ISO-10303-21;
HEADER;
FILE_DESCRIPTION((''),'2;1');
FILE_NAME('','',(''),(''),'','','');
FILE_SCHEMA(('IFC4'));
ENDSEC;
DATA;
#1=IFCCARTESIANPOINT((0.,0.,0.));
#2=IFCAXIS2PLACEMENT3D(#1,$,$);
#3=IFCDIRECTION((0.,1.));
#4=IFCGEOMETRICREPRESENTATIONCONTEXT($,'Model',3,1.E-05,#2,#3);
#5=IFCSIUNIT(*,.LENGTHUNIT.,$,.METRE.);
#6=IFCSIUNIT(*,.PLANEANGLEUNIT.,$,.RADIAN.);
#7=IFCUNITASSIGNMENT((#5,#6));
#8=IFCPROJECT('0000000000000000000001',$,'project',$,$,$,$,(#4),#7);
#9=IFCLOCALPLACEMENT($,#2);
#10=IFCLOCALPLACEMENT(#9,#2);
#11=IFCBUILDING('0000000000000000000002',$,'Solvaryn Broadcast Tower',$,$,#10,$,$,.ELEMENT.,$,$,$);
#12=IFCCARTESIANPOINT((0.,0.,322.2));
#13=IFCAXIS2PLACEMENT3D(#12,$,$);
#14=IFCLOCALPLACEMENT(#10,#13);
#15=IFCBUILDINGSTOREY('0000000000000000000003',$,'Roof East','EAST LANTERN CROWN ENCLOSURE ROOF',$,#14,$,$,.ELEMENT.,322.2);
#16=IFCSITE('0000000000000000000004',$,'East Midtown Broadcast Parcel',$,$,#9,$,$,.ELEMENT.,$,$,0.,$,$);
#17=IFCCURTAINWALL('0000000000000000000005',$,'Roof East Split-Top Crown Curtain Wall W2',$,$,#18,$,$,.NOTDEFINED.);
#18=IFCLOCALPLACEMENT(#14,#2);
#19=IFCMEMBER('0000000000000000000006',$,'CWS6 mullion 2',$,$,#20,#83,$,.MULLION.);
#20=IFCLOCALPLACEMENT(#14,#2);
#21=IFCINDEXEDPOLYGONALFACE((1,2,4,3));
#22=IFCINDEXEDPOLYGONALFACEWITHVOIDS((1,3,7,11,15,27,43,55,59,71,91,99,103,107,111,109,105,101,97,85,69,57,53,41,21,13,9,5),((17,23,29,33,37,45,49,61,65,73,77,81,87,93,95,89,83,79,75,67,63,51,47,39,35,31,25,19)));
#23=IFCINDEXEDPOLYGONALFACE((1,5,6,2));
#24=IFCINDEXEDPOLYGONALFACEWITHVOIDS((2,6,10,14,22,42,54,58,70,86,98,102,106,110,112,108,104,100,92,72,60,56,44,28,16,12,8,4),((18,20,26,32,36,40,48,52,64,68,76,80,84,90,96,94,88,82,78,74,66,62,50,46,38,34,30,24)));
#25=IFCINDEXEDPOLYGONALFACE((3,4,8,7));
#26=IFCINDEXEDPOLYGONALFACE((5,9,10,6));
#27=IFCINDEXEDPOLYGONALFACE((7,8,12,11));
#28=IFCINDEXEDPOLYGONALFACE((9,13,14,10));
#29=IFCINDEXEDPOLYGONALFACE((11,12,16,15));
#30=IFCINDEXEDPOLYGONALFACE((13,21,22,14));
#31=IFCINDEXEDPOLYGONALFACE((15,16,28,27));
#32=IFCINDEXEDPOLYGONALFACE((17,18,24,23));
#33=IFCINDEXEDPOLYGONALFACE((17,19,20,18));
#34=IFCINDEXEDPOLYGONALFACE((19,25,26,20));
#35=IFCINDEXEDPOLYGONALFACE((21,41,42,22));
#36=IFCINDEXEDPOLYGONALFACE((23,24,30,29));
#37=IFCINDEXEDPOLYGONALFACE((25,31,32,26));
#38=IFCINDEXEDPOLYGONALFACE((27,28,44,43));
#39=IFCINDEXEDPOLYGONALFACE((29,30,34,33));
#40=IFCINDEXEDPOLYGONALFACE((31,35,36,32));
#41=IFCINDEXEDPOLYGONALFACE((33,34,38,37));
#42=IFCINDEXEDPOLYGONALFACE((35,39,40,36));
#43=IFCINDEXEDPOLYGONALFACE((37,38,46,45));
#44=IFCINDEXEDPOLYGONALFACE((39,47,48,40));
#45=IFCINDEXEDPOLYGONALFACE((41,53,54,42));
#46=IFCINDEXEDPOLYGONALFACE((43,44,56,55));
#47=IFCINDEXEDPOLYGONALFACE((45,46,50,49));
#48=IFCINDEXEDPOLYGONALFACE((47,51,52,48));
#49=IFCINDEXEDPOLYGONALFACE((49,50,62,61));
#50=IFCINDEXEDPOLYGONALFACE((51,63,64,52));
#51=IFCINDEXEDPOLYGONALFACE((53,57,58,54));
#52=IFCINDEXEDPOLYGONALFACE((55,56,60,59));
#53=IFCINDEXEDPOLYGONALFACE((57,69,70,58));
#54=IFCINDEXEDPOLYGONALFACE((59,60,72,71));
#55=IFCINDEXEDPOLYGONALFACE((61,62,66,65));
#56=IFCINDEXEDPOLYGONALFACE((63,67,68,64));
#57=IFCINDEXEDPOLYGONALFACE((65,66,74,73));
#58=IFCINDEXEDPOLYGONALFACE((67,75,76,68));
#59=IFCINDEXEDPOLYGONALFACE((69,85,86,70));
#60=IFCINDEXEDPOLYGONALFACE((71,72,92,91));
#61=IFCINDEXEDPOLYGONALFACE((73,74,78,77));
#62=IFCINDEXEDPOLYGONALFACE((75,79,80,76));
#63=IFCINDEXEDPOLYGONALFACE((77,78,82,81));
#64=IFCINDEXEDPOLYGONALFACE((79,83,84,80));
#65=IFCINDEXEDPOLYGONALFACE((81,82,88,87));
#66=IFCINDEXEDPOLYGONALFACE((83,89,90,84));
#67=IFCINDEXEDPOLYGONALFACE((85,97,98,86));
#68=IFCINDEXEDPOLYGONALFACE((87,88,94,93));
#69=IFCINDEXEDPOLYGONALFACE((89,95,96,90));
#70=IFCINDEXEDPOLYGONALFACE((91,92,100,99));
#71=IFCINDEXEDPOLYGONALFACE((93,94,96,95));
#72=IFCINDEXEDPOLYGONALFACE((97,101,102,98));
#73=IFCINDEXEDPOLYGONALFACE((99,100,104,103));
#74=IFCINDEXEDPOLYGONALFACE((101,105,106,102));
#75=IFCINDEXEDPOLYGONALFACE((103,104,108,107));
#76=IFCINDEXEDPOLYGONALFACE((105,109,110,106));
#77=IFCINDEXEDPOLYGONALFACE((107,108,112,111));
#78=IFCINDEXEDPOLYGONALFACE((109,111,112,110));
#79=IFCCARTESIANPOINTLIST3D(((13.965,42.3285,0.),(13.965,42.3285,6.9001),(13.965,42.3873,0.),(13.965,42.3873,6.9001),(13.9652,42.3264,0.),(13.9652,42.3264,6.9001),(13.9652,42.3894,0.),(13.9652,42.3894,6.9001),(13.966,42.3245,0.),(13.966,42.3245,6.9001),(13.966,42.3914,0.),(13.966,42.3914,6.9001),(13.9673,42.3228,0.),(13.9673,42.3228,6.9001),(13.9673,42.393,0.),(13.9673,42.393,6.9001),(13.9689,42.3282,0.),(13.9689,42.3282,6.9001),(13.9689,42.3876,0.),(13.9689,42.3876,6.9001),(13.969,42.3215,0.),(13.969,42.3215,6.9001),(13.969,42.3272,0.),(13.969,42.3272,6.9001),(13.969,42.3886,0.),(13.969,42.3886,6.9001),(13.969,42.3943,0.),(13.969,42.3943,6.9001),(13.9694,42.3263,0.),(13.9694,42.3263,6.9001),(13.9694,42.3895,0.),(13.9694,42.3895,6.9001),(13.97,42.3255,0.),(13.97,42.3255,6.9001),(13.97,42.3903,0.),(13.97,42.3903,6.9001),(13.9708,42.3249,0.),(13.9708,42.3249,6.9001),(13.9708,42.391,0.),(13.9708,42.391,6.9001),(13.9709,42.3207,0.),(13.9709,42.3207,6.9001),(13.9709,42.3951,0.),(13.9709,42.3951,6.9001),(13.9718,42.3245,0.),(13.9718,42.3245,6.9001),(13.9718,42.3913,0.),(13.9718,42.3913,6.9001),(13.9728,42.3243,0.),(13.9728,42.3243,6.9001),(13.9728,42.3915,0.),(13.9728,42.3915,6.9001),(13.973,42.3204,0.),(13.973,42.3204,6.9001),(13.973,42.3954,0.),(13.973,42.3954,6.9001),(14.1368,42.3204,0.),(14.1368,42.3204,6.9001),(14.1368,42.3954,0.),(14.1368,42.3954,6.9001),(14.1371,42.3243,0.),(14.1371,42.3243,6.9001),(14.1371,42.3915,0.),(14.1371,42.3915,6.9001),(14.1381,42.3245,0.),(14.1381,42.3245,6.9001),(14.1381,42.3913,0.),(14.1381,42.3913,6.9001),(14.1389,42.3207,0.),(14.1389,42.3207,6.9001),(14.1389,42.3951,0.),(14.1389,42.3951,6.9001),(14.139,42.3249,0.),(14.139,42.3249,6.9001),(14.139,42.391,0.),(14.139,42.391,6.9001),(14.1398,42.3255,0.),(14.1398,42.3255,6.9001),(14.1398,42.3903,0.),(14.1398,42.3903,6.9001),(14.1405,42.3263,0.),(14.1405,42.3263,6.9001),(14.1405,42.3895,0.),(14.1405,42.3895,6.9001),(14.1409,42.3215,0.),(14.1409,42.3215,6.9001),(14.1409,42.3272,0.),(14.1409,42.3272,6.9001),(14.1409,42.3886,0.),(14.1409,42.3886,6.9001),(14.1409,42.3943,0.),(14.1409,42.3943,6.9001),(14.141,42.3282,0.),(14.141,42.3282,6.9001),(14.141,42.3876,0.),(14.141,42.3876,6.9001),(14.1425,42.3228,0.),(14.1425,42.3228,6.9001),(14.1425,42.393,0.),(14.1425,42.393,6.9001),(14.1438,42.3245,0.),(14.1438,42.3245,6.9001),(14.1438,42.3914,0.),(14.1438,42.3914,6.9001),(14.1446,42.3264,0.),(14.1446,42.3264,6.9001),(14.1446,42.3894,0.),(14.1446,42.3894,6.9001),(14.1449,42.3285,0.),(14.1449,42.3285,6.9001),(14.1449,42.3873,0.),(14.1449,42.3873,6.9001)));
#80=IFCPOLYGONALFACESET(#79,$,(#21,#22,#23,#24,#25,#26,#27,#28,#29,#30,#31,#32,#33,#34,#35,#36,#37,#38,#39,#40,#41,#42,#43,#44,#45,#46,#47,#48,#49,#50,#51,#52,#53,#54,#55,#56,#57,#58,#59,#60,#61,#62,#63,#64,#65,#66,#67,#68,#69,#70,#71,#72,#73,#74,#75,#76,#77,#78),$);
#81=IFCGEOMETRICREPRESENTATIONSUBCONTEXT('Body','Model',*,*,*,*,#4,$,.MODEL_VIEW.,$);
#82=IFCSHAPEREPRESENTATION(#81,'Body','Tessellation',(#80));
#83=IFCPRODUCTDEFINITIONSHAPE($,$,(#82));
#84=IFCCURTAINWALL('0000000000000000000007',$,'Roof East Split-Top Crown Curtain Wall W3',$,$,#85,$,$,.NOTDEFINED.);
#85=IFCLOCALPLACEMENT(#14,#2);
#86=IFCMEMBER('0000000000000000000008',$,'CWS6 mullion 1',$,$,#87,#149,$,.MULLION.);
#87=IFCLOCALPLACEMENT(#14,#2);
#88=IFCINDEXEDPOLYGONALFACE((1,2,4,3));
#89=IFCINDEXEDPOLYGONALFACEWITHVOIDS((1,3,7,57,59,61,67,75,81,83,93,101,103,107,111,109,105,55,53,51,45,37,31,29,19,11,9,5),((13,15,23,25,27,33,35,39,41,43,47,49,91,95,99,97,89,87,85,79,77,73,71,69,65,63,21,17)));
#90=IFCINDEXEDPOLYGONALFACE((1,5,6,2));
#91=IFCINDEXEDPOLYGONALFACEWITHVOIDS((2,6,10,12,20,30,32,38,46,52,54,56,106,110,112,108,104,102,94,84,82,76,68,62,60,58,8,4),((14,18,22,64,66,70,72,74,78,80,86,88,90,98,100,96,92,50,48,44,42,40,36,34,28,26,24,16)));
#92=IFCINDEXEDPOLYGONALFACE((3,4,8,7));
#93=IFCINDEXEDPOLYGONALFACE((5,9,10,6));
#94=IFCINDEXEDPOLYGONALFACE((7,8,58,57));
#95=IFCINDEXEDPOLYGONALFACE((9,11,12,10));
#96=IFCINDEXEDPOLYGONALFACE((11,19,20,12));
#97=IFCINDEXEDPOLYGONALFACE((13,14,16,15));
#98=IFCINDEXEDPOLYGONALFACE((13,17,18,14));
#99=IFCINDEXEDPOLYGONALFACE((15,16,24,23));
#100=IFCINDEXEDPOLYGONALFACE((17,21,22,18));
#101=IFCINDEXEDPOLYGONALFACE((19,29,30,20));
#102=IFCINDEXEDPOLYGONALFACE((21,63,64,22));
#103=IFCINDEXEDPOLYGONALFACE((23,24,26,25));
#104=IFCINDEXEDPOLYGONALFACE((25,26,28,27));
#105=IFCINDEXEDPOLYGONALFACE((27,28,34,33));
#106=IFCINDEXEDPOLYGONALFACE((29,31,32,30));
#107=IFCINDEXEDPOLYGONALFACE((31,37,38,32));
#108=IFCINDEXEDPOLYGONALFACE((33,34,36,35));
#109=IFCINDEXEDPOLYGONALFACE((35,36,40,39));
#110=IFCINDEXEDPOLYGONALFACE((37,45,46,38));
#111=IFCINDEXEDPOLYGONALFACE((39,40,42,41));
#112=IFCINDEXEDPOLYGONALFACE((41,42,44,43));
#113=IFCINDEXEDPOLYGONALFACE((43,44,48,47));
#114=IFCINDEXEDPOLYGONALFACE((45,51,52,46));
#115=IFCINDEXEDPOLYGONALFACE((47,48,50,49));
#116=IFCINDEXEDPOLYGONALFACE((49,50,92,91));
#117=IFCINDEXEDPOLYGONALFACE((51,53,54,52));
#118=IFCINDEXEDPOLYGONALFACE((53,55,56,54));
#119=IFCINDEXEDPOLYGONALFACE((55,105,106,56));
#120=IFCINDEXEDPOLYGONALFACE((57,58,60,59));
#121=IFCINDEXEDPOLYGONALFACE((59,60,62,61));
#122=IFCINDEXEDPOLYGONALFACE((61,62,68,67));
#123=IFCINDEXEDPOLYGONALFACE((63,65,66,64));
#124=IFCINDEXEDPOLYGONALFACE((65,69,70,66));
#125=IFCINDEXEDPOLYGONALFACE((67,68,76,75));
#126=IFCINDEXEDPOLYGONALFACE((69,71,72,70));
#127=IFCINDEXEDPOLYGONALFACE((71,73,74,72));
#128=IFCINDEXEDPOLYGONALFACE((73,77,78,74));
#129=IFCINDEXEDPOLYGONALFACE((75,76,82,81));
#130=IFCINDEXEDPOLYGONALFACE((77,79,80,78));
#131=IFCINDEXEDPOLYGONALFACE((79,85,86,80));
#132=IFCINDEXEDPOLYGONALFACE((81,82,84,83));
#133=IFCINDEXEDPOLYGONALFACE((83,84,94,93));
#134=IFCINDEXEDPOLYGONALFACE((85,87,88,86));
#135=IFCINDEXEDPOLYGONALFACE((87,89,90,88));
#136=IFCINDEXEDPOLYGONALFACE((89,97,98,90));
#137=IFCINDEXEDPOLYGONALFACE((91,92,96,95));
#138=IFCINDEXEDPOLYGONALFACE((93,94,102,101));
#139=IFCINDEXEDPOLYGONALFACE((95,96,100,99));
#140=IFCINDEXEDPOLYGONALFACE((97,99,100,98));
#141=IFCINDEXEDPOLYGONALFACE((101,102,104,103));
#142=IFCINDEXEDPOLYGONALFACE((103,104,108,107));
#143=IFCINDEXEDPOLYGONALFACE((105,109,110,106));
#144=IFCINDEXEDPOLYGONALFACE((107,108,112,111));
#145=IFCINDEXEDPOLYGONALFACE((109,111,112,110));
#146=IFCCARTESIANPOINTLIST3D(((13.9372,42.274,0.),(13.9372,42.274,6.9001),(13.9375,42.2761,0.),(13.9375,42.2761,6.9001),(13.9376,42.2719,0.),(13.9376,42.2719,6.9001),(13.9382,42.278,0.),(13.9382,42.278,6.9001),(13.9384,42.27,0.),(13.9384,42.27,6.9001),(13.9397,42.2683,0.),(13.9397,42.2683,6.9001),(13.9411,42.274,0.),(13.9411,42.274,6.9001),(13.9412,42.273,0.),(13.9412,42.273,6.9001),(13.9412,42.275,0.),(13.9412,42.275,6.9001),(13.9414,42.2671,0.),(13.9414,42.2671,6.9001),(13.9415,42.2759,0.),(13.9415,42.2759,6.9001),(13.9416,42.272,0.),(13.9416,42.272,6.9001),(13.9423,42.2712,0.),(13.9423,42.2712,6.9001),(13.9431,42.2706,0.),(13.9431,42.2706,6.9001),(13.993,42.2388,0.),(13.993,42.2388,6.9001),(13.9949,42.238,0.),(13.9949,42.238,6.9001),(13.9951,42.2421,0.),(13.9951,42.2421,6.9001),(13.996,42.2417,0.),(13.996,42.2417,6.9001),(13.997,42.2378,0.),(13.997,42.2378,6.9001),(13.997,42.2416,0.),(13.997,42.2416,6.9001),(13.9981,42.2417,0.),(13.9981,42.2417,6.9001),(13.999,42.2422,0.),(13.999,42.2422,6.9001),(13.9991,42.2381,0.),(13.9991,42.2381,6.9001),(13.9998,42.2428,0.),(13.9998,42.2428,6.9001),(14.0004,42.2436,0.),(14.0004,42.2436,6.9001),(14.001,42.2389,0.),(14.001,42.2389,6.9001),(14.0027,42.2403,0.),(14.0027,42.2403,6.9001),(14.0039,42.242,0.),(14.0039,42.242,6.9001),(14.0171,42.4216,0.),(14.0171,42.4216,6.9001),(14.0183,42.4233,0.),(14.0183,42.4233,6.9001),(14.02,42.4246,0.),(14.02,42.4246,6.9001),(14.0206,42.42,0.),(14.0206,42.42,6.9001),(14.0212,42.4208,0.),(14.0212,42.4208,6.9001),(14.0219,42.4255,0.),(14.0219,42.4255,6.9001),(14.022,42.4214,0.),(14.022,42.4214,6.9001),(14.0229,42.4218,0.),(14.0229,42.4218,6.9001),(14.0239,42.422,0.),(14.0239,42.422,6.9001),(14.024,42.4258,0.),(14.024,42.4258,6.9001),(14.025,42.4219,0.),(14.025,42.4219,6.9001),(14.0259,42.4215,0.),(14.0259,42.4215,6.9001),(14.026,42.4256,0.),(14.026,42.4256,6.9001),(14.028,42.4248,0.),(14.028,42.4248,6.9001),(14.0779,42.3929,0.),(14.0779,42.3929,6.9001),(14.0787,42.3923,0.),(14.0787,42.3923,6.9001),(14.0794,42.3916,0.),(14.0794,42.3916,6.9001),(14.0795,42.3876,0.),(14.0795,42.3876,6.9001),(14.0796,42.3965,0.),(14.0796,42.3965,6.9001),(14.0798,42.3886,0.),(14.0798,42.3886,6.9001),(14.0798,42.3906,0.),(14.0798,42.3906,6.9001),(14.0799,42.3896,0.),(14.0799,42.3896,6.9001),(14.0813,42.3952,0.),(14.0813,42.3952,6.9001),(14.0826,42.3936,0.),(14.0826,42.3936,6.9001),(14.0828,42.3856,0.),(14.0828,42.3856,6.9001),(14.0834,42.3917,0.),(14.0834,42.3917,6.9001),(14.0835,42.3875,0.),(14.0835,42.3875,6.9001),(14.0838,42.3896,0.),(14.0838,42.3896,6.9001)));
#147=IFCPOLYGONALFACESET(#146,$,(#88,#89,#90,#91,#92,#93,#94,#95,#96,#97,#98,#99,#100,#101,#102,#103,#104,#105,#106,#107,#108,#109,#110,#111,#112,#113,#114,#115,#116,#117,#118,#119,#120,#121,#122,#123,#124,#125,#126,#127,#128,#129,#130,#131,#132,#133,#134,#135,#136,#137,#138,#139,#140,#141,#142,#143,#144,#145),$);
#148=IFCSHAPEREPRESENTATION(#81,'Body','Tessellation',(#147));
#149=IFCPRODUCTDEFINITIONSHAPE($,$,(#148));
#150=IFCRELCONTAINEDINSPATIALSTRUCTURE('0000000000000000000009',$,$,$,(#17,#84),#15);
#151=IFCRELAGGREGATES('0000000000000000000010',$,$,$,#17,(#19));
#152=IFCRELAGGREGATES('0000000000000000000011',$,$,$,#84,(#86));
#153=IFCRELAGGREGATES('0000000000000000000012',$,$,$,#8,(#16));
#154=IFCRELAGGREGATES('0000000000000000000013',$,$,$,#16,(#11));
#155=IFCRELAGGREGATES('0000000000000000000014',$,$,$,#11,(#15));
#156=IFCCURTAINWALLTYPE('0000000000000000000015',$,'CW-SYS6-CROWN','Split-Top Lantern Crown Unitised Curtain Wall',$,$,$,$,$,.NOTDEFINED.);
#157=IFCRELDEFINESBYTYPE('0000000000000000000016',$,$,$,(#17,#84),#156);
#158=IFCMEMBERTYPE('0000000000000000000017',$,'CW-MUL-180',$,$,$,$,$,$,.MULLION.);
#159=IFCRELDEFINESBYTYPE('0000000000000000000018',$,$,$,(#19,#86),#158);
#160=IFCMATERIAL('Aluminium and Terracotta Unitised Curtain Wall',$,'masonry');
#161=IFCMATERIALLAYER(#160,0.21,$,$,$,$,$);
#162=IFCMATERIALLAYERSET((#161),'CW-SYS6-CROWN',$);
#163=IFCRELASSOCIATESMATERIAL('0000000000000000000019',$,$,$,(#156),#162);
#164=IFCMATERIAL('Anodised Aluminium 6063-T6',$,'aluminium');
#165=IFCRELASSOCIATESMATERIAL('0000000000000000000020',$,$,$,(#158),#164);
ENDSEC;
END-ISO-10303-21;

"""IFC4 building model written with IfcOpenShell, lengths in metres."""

from ifc_helpers import new_model, si_unit, direction, frame, origin, origin_2d, place, context, subcontext, project, spatial, hollow_rectangle, extrude, material, layer, layer_set, material_profile, profile_set, type_object, element, aggregate, save


model = new_model("IFC4")

# Units and contexts
model_context = context("Model", 3, precision=1e-05, world=origin(), true_north=direction((0.0, 1.0)))
body_context = subcontext(model_context, "Body", "Model", "MODEL_VIEW")
ifc_project = project(units=[si_unit("LENGTHUNIT", "METRE"), si_unit("PLANEANGLEUNIT", "RADIAN")], contexts=[model_context])

# Site, building, storey
site_placement = place(None, origin())
site = spatial("IfcSite", under=ifc_project, at=site_placement, Name="East Midtown Broadcast Parcel", CompositionType="ELEMENT", RefElevation=0.0)
building_placement = place(site_placement, origin())
building = spatial("IfcBuilding", under=site, at=building_placement, Name="Solvaryn Broadcast Tower", CompositionType="ELEMENT")
storey_placement = place(building_placement, frame((0.0, 0.0, 322.2)))
storey = spatial("IfcBuildingStorey", under=building, at=storey_placement, Name="Roof East", Description="EAST LANTERN CROWN ENCLOSURE ROOF", CompositionType="ELEMENT", Elevation=322.2)

# Curtain wall, member
ifc_material_1 = material(Name="Aluminium and Terracotta Unitised Curtain Wall", Category="masonry")
ifc_layer_1 = layer(ifc_material_1, 0.21)
ifc_layer_set_1 = layer_set([ifc_layer_1], Name="CW-SYS6-CROWN")
curtain_wall_type = type_object("IfcCurtainWallType", Name="CW-SYS6-CROWN", Description="Split-Top Lantern Crown Unitised Curtain Wall", PredefinedType="NOTDEFINED", material=ifc_layer_set_1)
curtain_wall_1_placement = place(storey_placement, origin())
curtain_wall_1 = element("IfcCurtainWall", 1, at=curtain_wall_1_placement, inside=storey, type_object=curtain_wall_type, Name="Roof East Split-Top Crown Curtain Wall W2", PredefinedType="NOTDEFINED")
ifc_material_2 = material(Name="Anodised Aluminium 6063-T6", Category="aluminium")
ifc_material_profile_1 = material_profile(ifc_material_2, hollow_rectangle(XDim=0.075, YDim=0.1799, WallThickness=0.0039, InnerFilletRadius=0.0039, OuterFilletRadius=0.0081, at=origin_2d()))
ifc_profile_set_1 = profile_set([ifc_material_profile_1], Name="Anodised Aluminium 6063-T6")
member_type_1 = type_object("IfcMemberType", Name="CW-MUL-180", PredefinedType="MULLION", material=ifc_profile_set_1)
member_1_placement = place(storey_placement, frame((14.0549, 42.3579, 0.0), z_axis=(0.0, 0.0, 1.0), x_axis=(0.0, -1.0, 0.0)))
member_1 = element("IfcMember", 2, at=member_1_placement, type_object=member_type_1, Name="CWS6 mullion 2", PredefinedType="MULLION", context=body_context, shape_type="SweptSolid", body=[
    extrude(hollow_rectangle(XDim=0.075, YDim=0.1799, WallThickness=0.0039, InnerFilletRadius=0.0039, OuterFilletRadius=0.0081, at=origin_2d()), origin(), (0.0, 0.0, 1.0), 6.9001),
])
aggregate(curtain_wall_1, [member_1])

# Curtain wall, member
curtain_wall_2_placement = place(storey_placement, origin())
curtain_wall_2 = element("IfcCurtainWall", 3, at=curtain_wall_2_placement, inside=storey, type_object=curtain_wall_type, Name="Roof East Split-Top Crown Curtain Wall W3", PredefinedType="NOTDEFINED")
member_2_placement = place(storey_placement, frame((14.0105, 42.3318, 0.0), z_axis=(0.0, 0.0, 1.0), x_axis=(0.876578, -0.481261, 0.0)))
member_2 = element("IfcMember", 4, at=member_2_placement, type_object=member_type_1, Name="CWS6 mullion 1", PredefinedType="MULLION", context=body_context, shape_type="SweptSolid", body=[
    extrude(hollow_rectangle(XDim=0.075, YDim=0.1799, WallThickness=0.0039, InnerFilletRadius=0.0039, OuterFilletRadius=0.0081, at=origin_2d()), origin(), (0.0, 0.0, 1.0), 6.9001),
])

aggregate(curtain_wall_2, [member_2])

save(model, "model.ifc")
